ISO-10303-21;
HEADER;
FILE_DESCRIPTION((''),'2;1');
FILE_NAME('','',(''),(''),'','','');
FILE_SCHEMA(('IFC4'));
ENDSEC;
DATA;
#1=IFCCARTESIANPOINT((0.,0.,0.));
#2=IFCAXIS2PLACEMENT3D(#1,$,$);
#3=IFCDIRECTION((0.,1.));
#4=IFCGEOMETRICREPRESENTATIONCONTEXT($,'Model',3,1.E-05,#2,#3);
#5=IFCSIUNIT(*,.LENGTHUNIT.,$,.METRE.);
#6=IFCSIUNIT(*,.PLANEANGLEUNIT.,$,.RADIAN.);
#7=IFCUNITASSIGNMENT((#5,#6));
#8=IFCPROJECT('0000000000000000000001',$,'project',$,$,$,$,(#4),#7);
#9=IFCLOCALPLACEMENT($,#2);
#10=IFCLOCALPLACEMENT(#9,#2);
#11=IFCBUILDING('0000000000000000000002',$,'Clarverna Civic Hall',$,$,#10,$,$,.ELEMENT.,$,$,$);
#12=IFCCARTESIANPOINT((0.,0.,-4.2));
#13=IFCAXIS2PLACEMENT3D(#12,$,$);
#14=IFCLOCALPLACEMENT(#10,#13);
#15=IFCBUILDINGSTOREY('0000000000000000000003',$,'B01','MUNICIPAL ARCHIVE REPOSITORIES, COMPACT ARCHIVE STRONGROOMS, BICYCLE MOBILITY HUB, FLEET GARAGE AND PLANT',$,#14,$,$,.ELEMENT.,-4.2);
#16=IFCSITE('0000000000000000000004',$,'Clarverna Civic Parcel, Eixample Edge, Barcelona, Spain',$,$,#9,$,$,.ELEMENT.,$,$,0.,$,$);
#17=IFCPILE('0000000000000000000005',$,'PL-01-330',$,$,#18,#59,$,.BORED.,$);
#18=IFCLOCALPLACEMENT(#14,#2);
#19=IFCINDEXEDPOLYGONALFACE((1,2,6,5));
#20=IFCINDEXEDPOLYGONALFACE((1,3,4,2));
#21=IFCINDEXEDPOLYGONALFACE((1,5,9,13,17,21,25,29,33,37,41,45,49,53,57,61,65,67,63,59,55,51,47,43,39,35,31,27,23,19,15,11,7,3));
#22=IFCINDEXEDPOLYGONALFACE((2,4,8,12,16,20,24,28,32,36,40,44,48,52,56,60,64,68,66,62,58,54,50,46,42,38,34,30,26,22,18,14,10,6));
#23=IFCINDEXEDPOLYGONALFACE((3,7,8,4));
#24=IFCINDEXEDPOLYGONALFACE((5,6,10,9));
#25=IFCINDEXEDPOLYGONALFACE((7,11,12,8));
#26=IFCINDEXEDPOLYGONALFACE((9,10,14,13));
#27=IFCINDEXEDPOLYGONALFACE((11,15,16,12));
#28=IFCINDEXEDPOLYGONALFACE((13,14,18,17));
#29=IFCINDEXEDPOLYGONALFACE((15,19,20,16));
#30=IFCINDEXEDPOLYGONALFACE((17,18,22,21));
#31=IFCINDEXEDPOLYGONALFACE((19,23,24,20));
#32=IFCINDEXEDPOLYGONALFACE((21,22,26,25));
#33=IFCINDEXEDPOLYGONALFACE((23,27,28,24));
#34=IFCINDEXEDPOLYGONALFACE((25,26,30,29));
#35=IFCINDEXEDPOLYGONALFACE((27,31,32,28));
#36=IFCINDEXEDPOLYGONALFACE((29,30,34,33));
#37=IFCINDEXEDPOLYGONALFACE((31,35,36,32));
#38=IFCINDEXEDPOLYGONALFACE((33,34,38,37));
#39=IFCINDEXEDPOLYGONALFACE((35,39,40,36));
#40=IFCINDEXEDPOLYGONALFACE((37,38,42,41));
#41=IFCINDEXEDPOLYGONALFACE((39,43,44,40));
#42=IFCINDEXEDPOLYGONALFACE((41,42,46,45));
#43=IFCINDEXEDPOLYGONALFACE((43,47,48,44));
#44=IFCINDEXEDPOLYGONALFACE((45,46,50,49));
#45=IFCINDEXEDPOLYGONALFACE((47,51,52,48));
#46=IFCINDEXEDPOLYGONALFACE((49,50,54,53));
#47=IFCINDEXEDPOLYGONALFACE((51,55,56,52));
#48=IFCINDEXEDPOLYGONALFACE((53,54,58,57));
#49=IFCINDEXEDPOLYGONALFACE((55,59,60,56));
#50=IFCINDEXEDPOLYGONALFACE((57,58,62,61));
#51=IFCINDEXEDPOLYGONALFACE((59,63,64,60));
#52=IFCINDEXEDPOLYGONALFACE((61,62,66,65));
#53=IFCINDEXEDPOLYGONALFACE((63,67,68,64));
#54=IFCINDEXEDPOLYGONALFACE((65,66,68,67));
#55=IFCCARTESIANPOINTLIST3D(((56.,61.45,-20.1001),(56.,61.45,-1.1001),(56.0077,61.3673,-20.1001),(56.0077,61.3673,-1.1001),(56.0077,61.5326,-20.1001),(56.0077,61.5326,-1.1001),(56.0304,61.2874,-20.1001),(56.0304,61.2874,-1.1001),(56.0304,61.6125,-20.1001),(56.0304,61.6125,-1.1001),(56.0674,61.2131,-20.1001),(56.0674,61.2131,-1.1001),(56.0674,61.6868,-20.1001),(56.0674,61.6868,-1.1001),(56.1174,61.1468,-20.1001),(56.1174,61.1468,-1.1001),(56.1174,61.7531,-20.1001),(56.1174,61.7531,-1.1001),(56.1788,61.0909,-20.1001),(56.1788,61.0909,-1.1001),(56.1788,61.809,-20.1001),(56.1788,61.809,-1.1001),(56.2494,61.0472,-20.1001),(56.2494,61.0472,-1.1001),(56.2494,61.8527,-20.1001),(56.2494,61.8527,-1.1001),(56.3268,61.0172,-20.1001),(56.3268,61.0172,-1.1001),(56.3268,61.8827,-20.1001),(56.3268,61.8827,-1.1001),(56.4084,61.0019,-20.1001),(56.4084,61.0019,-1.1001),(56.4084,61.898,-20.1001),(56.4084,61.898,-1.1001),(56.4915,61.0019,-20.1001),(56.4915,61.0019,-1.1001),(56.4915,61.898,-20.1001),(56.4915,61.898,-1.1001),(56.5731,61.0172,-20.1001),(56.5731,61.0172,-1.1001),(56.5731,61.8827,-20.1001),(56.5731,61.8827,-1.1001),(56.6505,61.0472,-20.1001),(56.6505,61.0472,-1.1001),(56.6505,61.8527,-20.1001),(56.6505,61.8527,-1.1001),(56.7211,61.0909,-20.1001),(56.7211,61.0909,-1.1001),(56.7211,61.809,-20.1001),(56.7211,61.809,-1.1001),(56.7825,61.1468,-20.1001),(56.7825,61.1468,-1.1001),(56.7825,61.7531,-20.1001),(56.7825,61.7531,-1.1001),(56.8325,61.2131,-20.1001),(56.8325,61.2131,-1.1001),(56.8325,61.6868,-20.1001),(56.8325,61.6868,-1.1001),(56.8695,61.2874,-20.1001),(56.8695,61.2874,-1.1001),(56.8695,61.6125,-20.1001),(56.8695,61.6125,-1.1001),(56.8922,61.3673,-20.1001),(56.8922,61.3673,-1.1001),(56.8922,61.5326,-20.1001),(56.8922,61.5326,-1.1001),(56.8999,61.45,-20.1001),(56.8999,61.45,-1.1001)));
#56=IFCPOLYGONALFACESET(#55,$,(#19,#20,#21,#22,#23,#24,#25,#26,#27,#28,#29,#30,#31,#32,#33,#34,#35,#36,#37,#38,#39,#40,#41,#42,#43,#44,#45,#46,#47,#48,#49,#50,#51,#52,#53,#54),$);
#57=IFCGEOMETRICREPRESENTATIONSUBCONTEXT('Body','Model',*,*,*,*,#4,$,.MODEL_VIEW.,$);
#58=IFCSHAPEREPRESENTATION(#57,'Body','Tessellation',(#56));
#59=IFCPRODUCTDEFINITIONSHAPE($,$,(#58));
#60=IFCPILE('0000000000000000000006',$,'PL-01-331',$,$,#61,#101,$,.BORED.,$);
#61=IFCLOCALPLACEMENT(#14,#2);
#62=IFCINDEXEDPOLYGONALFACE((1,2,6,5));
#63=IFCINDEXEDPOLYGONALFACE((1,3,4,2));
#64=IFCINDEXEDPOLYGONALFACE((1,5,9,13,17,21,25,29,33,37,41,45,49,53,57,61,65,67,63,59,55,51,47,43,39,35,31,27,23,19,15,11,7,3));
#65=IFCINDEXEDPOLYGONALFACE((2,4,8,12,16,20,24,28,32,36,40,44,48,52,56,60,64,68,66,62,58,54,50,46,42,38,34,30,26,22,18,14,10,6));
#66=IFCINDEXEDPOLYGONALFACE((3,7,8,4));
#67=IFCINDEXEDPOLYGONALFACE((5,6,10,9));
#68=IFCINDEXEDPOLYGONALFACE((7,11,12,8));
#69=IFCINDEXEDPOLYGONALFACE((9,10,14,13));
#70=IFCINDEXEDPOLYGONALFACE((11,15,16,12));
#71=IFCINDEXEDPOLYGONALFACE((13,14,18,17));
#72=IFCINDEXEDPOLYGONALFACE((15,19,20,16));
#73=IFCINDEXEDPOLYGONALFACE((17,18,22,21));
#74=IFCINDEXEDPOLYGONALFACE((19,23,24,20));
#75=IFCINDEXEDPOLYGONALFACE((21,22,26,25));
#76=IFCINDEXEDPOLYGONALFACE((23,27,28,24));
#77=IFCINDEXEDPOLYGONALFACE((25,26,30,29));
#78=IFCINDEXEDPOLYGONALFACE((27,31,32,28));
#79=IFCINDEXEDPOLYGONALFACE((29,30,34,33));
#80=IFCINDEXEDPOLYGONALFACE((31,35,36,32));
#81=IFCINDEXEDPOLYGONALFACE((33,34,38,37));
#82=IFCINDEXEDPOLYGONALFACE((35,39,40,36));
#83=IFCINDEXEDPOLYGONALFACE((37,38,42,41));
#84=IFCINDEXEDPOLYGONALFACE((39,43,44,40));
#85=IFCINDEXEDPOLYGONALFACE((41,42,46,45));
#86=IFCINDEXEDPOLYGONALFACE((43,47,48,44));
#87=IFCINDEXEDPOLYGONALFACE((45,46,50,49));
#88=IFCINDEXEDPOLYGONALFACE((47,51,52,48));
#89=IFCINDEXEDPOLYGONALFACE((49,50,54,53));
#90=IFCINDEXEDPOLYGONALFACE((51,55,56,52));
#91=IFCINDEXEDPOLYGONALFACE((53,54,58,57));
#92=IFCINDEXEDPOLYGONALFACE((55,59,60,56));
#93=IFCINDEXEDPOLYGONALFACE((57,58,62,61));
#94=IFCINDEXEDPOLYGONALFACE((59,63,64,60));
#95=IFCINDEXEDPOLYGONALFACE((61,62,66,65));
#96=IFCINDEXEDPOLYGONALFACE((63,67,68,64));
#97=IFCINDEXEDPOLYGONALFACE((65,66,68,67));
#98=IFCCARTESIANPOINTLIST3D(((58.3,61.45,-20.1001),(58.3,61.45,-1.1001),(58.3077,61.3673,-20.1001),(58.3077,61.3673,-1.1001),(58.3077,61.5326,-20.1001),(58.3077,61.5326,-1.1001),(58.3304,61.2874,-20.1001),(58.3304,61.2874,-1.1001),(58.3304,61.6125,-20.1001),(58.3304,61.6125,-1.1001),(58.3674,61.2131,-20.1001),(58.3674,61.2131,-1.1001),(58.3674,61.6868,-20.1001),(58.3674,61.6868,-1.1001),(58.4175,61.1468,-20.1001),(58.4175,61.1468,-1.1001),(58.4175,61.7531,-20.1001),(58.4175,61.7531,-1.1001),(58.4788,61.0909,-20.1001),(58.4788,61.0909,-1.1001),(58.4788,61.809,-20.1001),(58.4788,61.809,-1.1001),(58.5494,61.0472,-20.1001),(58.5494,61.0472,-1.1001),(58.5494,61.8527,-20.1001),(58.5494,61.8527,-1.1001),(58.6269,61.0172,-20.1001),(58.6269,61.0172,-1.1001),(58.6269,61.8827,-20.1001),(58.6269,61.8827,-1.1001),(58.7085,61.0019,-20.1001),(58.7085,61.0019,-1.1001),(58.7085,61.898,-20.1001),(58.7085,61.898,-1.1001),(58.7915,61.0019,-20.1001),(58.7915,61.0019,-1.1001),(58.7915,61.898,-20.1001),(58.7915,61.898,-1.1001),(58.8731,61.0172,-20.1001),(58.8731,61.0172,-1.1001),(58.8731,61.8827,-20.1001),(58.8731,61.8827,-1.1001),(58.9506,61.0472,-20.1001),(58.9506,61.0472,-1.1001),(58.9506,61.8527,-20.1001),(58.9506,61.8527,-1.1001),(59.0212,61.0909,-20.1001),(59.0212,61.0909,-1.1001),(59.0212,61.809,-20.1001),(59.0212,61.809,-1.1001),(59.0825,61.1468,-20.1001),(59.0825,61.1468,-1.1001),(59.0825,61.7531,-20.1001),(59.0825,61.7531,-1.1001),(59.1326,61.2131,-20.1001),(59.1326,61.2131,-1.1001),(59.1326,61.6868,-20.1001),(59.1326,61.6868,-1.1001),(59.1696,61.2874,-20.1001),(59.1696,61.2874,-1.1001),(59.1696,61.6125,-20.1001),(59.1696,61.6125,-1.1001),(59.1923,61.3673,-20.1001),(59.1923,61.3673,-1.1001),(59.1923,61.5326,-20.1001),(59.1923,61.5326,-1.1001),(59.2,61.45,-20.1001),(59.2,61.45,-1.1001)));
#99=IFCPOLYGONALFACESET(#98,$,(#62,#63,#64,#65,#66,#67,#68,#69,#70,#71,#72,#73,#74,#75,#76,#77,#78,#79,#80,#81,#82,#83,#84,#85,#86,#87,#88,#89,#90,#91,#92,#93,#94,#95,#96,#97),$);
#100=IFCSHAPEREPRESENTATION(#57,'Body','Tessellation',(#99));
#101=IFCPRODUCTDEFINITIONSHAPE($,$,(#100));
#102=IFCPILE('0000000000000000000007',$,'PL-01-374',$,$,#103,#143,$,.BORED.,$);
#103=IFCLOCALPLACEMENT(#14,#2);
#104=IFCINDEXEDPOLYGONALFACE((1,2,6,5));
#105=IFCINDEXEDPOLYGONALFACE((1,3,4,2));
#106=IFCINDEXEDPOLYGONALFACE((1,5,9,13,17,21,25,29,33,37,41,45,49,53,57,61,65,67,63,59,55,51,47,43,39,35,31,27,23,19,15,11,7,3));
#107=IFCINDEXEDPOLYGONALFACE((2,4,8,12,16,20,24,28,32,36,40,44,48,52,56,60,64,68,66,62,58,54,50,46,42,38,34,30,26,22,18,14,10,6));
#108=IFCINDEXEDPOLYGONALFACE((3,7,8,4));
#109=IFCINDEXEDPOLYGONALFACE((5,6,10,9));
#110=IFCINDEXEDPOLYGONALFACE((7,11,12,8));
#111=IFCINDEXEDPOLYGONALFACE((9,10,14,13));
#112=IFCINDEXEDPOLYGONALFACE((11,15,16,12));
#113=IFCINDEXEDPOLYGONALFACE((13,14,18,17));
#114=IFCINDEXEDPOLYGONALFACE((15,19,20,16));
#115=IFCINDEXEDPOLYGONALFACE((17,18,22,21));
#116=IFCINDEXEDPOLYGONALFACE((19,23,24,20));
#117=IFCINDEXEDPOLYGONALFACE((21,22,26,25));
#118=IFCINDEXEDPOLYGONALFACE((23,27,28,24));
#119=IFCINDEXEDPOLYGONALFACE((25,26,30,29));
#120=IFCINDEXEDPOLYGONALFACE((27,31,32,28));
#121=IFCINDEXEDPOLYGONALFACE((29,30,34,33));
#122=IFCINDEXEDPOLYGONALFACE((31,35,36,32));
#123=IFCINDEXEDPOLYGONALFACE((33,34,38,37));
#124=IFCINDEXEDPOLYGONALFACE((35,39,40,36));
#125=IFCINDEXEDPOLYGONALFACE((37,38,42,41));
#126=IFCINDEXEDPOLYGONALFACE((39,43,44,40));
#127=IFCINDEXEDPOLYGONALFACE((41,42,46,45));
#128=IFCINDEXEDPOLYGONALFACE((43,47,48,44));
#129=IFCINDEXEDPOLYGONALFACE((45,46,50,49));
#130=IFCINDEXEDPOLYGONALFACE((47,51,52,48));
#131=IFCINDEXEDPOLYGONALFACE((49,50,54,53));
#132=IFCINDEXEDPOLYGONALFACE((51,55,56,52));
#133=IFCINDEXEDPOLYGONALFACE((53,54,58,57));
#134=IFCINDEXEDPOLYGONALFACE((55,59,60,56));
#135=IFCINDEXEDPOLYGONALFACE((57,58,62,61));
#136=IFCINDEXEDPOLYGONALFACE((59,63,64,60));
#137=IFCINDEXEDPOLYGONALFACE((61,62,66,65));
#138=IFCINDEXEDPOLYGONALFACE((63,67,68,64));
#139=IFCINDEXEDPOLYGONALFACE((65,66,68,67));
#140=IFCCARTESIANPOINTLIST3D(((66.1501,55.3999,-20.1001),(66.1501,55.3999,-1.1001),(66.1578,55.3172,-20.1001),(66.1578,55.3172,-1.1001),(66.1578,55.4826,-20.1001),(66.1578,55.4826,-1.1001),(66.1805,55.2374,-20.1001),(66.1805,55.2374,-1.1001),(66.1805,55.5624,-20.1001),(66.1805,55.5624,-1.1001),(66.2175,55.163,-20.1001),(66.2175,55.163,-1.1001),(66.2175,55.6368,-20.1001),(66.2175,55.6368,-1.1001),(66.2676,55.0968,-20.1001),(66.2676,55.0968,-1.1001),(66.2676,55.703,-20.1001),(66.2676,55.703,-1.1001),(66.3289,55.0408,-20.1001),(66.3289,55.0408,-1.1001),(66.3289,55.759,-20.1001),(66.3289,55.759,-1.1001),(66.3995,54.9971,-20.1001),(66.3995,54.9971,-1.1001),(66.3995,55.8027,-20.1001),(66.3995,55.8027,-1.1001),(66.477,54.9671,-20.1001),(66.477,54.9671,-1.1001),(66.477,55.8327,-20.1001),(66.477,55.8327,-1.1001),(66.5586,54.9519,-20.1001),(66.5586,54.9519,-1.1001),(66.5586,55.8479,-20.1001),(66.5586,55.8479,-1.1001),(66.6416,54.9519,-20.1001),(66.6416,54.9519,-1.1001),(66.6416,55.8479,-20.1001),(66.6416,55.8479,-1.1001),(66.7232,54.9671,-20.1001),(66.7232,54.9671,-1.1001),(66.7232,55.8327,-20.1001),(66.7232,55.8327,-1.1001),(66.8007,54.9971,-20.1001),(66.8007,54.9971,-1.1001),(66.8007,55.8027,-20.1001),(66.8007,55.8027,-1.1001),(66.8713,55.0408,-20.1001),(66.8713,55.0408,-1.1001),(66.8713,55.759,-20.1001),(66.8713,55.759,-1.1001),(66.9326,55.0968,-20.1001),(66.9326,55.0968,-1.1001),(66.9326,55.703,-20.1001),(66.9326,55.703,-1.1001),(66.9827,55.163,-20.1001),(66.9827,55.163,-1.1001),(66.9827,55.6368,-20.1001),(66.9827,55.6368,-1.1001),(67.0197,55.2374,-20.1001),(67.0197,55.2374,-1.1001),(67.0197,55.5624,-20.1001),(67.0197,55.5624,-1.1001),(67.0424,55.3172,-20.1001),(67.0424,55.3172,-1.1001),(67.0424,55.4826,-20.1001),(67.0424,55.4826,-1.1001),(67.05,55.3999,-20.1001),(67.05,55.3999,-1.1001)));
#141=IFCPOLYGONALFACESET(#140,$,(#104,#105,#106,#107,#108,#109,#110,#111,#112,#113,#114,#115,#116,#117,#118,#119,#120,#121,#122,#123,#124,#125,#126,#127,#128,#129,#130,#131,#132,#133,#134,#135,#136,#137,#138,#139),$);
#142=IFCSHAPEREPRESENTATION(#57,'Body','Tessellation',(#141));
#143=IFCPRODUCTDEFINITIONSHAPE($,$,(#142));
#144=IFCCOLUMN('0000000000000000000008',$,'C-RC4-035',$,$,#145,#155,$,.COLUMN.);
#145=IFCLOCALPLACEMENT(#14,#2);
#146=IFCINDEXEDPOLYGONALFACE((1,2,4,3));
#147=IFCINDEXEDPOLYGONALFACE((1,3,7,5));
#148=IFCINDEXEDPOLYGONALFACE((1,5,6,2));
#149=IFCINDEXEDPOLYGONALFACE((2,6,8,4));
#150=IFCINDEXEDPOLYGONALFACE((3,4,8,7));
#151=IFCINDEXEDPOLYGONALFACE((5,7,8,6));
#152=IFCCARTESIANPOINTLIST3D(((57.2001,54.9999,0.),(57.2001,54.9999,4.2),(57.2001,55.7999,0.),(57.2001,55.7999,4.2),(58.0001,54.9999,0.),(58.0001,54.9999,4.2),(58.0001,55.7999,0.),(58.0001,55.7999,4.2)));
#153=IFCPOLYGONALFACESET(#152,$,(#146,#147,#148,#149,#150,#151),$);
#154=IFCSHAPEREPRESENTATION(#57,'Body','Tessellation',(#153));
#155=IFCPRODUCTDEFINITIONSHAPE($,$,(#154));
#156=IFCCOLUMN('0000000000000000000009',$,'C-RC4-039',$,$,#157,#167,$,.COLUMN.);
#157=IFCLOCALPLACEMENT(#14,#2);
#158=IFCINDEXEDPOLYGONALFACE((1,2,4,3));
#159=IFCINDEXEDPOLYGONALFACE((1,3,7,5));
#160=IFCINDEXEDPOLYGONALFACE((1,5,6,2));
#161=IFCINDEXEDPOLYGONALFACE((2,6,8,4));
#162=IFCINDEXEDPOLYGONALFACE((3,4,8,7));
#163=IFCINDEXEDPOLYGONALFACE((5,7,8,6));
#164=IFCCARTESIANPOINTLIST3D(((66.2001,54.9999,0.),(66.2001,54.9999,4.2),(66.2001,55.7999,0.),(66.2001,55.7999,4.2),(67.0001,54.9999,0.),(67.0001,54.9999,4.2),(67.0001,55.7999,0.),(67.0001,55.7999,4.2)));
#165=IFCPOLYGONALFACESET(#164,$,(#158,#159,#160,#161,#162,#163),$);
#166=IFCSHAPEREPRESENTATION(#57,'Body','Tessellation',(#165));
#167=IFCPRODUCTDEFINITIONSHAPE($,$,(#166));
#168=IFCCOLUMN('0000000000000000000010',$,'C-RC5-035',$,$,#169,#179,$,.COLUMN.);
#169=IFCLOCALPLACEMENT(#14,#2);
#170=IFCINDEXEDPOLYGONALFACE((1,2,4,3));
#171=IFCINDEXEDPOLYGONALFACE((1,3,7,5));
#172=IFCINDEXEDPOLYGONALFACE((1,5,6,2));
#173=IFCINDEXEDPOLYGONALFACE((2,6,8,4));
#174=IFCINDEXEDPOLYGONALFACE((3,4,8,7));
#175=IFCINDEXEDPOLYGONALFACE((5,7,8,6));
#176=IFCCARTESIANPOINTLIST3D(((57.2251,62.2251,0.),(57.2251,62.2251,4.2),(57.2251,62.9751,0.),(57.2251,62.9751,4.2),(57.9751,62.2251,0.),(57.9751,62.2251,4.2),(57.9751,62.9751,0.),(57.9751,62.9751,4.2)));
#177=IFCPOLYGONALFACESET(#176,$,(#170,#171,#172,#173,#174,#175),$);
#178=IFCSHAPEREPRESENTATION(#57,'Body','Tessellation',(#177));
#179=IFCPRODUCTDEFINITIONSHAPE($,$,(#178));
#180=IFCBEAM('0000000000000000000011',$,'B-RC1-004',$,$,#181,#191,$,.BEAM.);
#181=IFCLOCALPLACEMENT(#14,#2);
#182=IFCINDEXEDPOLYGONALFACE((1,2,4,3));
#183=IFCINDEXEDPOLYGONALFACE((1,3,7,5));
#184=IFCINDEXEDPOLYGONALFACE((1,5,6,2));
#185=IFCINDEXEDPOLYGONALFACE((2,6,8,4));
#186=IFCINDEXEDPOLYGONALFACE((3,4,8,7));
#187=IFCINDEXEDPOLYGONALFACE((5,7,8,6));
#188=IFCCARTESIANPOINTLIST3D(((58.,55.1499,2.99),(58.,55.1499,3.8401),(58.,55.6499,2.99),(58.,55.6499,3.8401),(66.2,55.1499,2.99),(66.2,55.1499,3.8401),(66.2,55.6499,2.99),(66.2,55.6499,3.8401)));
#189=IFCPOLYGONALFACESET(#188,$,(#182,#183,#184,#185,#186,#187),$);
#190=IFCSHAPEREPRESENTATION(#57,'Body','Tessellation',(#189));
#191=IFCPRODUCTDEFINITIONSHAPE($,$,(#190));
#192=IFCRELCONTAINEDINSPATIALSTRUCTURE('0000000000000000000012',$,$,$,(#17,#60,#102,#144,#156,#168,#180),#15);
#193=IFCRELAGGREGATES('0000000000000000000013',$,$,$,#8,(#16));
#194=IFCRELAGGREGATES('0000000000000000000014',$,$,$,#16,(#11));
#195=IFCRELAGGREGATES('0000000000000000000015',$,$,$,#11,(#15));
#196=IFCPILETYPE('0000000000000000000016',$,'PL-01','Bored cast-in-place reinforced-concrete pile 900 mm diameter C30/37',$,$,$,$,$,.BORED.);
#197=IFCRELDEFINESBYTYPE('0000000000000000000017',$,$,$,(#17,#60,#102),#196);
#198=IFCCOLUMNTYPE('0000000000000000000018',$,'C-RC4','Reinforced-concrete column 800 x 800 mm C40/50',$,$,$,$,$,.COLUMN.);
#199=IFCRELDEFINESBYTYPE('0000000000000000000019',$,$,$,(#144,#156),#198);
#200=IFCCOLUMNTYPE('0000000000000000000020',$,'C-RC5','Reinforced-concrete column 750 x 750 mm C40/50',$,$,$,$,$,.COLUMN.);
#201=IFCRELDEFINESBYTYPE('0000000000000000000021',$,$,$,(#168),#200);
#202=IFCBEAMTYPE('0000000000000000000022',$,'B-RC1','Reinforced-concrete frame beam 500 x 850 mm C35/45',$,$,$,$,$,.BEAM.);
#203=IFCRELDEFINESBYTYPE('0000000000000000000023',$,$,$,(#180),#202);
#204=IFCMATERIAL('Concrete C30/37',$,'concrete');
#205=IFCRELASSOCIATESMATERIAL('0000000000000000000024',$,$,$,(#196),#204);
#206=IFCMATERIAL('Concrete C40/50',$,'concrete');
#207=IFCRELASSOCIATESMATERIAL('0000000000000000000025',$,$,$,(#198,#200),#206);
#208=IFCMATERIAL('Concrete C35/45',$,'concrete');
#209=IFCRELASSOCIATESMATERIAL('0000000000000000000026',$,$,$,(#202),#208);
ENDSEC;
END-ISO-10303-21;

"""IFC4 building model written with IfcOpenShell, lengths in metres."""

from ifc_helpers import new_model, si_unit, direction, frame, origin, origin_2d, place, context, subcontext, project, spatial, rectangle, circle, extrude, material, material_profile, profile_set, type_object, element, save


model = new_model("IFC4")

# Units and contexts
model_context = context("Model", 3, precision=1e-05, world=origin(), true_north=direction((0.0, 1.0)))
body_context = subcontext(model_context, "Body", "Model", "MODEL_VIEW")
ifc_project = project(units=[si_unit("LENGTHUNIT", "METRE"), si_unit("PLANEANGLEUNIT", "RADIAN")], contexts=[model_context])

# Site, building, storey
site_placement = place(None, origin())
site = spatial("IfcSite", under=ifc_project, at=site_placement, Name="Clarverna Civic Parcel, Eixample Edge, Barcelona, Spain", CompositionType="ELEMENT", RefElevation=0.0)
building_placement = place(site_placement, origin())
building = spatial("IfcBuilding", under=site, at=building_placement, Name="Clarverna Civic Hall", CompositionType="ELEMENT")
storey_placement = place(building_placement, frame((0.0, 0.0, -4.2)))
storey = spatial("IfcBuildingStorey", under=building, at=storey_placement, Name="B01", Description="MUNICIPAL ARCHIVE REPOSITORIES, COMPACT ARCHIVE STRONGROOMS, BICYCLE MOBILITY HUB, FLEET GARAGE AND PLANT", CompositionType="ELEMENT", Elevation=-4.2)

# Shared definitions
ifc_material_1 = material(Name="Concrete C30/37", Category="concrete")

# Piles
ifc_material_profile_1 = material_profile(ifc_material_1, circle(Radius=0.45, at=origin_2d()), Name="BORED PILE D900")
ifc_profile_set_1 = profile_set([ifc_material_profile_1], Name="Concrete C30/37")
pile_type = type_object("IfcPileType", Name="PL-01", Description="Bored cast-in-place reinforced-concrete pile 900 mm diameter C30/37", PredefinedType="BORED", material=ifc_profile_set_1)
for number, where, z_axis, x_axis, name in (
    (1, (56.45, 61.45, -1.1001), (0.0, 0.0, -1.0), (1.0, 0.0, 0.0), "PL-01-330"),
    (2, (58.75, 61.45, -1.1001), (0.0, 0.0, -1.0), (1.0, 0.0, 0.0), "PL-01-331"),
    (3, (66.6001, 55.3999, -1.1001), (0.0, 0.0, -1.0), (1.0, 0.0, 0.0), "PL-01-374"),
):
    element("IfcPile", number, at=place(storey_placement, frame(where, z_axis=z_axis, x_axis=x_axis)), inside=storey, type_object=pile_type, Name=name, PredefinedType="BORED", context=body_context, shape_type="SweptSolid", body=[
        extrude(circle(Radius=0.45, at=origin_2d()), origin(), (0.0, 0.0, 1.0), 19.0),
    ])

# Columns
ifc_material_2 = material(Name="Concrete C40/50", Category="concrete")
ifc_material_profile_2 = material_profile(ifc_material_2, rectangle(XDim=0.8, YDim=0.8, at=origin_2d()), Name="RC 800x800")
ifc_profile_set_2 = profile_set([ifc_material_profile_2], Name="Concrete C40/50")
column_type_1 = type_object("IfcColumnType", Name="C-RC4", Description="Reinforced-concrete column 800 x 800 mm C40/50", PredefinedType="COLUMN", material=ifc_profile_set_2)
for number, where, z_axis, x_axis, name in (
    (4, (57.6001, 55.3999, 0.0), (0.0, 0.0, 1.0), (1.0, 0.0, 0.0), "C-RC4-035"),
    (5, (66.6001, 55.3999, 0.0), (0.0, 0.0, 1.0), (1.0, 0.0, 0.0), "C-RC4-039"),
):
    element("IfcColumn", number, at=place(storey_placement, frame(where, z_axis=z_axis, x_axis=x_axis)), inside=storey, type_object=column_type_1, Name=name, PredefinedType="COLUMN", context=body_context, shape_type="SweptSolid", body=[
        extrude(rectangle(XDim=0.8, YDim=0.8, at=origin_2d()), origin(), (0.0, 0.0, 1.0), 4.2),
    ])
ifc_material_profile_3 = material_profile(ifc_material_2, rectangle(XDim=0.75, YDim=0.75, at=origin_2d()), Name="RC 750x750")
ifc_profile_set_3 = profile_set([ifc_material_profile_3], Name="Concrete C40/50")
column_type_2 = type_object("IfcColumnType", Name="C-RC5", Description="Reinforced-concrete column 750 x 750 mm C40/50", PredefinedType="COLUMN", material=ifc_profile_set_3)
column_placement = place(storey_placement, frame((57.6001, 62.6001, 0.0), z_axis=(0.0, 0.0, 1.0), x_axis=(1.0, 0.0, 0.0)))
element("IfcColumn", 6, at=column_placement, inside=storey, type_object=column_type_2, Name="C-RC5-035", PredefinedType="COLUMN", context=body_context, shape_type="SweptSolid", body=[
    extrude(rectangle(XDim=0.75, YDim=0.75, at=origin_2d()), origin(), (0.0, 0.0, 1.0), 4.2),
])

# Beam
ifc_material_3 = material(Name="Concrete C35/45", Category="concrete")
ifc_material_profile_4 = material_profile(ifc_material_3, rectangle(XDim=0.5, YDim=0.8501, at=origin_2d()), Name="RC 500x850")
ifc_profile_set_4 = profile_set([ifc_material_profile_4], Name="Concrete C35/45")
beam_type_1 = type_object("IfcBeamType", Name="B-RC1", Description="Reinforced-concrete frame beam 500 x 850 mm C35/45", PredefinedType="BEAM", material=ifc_profile_set_4)
beam_1_placement = place(storey_placement, frame((58.0, 55.3999, 3.415), z_axis=(1.0, 0.0, 0.0), x_axis=(0.0, 1.0, 0.0)))
element("IfcBeam", 7, at=beam_1_placement, inside=storey, type_object=beam_type_1, Name="B-RC1-004", PredefinedType="BEAM", context=body_context, shape_type="SweptSolid", body=[
    extrude(rectangle(XDim=0.5, YDim=0.8501, at=origin_2d()), origin(), (0.0, 0.0, 1.0), 8.2),
])

save(model, "model.ifc")
